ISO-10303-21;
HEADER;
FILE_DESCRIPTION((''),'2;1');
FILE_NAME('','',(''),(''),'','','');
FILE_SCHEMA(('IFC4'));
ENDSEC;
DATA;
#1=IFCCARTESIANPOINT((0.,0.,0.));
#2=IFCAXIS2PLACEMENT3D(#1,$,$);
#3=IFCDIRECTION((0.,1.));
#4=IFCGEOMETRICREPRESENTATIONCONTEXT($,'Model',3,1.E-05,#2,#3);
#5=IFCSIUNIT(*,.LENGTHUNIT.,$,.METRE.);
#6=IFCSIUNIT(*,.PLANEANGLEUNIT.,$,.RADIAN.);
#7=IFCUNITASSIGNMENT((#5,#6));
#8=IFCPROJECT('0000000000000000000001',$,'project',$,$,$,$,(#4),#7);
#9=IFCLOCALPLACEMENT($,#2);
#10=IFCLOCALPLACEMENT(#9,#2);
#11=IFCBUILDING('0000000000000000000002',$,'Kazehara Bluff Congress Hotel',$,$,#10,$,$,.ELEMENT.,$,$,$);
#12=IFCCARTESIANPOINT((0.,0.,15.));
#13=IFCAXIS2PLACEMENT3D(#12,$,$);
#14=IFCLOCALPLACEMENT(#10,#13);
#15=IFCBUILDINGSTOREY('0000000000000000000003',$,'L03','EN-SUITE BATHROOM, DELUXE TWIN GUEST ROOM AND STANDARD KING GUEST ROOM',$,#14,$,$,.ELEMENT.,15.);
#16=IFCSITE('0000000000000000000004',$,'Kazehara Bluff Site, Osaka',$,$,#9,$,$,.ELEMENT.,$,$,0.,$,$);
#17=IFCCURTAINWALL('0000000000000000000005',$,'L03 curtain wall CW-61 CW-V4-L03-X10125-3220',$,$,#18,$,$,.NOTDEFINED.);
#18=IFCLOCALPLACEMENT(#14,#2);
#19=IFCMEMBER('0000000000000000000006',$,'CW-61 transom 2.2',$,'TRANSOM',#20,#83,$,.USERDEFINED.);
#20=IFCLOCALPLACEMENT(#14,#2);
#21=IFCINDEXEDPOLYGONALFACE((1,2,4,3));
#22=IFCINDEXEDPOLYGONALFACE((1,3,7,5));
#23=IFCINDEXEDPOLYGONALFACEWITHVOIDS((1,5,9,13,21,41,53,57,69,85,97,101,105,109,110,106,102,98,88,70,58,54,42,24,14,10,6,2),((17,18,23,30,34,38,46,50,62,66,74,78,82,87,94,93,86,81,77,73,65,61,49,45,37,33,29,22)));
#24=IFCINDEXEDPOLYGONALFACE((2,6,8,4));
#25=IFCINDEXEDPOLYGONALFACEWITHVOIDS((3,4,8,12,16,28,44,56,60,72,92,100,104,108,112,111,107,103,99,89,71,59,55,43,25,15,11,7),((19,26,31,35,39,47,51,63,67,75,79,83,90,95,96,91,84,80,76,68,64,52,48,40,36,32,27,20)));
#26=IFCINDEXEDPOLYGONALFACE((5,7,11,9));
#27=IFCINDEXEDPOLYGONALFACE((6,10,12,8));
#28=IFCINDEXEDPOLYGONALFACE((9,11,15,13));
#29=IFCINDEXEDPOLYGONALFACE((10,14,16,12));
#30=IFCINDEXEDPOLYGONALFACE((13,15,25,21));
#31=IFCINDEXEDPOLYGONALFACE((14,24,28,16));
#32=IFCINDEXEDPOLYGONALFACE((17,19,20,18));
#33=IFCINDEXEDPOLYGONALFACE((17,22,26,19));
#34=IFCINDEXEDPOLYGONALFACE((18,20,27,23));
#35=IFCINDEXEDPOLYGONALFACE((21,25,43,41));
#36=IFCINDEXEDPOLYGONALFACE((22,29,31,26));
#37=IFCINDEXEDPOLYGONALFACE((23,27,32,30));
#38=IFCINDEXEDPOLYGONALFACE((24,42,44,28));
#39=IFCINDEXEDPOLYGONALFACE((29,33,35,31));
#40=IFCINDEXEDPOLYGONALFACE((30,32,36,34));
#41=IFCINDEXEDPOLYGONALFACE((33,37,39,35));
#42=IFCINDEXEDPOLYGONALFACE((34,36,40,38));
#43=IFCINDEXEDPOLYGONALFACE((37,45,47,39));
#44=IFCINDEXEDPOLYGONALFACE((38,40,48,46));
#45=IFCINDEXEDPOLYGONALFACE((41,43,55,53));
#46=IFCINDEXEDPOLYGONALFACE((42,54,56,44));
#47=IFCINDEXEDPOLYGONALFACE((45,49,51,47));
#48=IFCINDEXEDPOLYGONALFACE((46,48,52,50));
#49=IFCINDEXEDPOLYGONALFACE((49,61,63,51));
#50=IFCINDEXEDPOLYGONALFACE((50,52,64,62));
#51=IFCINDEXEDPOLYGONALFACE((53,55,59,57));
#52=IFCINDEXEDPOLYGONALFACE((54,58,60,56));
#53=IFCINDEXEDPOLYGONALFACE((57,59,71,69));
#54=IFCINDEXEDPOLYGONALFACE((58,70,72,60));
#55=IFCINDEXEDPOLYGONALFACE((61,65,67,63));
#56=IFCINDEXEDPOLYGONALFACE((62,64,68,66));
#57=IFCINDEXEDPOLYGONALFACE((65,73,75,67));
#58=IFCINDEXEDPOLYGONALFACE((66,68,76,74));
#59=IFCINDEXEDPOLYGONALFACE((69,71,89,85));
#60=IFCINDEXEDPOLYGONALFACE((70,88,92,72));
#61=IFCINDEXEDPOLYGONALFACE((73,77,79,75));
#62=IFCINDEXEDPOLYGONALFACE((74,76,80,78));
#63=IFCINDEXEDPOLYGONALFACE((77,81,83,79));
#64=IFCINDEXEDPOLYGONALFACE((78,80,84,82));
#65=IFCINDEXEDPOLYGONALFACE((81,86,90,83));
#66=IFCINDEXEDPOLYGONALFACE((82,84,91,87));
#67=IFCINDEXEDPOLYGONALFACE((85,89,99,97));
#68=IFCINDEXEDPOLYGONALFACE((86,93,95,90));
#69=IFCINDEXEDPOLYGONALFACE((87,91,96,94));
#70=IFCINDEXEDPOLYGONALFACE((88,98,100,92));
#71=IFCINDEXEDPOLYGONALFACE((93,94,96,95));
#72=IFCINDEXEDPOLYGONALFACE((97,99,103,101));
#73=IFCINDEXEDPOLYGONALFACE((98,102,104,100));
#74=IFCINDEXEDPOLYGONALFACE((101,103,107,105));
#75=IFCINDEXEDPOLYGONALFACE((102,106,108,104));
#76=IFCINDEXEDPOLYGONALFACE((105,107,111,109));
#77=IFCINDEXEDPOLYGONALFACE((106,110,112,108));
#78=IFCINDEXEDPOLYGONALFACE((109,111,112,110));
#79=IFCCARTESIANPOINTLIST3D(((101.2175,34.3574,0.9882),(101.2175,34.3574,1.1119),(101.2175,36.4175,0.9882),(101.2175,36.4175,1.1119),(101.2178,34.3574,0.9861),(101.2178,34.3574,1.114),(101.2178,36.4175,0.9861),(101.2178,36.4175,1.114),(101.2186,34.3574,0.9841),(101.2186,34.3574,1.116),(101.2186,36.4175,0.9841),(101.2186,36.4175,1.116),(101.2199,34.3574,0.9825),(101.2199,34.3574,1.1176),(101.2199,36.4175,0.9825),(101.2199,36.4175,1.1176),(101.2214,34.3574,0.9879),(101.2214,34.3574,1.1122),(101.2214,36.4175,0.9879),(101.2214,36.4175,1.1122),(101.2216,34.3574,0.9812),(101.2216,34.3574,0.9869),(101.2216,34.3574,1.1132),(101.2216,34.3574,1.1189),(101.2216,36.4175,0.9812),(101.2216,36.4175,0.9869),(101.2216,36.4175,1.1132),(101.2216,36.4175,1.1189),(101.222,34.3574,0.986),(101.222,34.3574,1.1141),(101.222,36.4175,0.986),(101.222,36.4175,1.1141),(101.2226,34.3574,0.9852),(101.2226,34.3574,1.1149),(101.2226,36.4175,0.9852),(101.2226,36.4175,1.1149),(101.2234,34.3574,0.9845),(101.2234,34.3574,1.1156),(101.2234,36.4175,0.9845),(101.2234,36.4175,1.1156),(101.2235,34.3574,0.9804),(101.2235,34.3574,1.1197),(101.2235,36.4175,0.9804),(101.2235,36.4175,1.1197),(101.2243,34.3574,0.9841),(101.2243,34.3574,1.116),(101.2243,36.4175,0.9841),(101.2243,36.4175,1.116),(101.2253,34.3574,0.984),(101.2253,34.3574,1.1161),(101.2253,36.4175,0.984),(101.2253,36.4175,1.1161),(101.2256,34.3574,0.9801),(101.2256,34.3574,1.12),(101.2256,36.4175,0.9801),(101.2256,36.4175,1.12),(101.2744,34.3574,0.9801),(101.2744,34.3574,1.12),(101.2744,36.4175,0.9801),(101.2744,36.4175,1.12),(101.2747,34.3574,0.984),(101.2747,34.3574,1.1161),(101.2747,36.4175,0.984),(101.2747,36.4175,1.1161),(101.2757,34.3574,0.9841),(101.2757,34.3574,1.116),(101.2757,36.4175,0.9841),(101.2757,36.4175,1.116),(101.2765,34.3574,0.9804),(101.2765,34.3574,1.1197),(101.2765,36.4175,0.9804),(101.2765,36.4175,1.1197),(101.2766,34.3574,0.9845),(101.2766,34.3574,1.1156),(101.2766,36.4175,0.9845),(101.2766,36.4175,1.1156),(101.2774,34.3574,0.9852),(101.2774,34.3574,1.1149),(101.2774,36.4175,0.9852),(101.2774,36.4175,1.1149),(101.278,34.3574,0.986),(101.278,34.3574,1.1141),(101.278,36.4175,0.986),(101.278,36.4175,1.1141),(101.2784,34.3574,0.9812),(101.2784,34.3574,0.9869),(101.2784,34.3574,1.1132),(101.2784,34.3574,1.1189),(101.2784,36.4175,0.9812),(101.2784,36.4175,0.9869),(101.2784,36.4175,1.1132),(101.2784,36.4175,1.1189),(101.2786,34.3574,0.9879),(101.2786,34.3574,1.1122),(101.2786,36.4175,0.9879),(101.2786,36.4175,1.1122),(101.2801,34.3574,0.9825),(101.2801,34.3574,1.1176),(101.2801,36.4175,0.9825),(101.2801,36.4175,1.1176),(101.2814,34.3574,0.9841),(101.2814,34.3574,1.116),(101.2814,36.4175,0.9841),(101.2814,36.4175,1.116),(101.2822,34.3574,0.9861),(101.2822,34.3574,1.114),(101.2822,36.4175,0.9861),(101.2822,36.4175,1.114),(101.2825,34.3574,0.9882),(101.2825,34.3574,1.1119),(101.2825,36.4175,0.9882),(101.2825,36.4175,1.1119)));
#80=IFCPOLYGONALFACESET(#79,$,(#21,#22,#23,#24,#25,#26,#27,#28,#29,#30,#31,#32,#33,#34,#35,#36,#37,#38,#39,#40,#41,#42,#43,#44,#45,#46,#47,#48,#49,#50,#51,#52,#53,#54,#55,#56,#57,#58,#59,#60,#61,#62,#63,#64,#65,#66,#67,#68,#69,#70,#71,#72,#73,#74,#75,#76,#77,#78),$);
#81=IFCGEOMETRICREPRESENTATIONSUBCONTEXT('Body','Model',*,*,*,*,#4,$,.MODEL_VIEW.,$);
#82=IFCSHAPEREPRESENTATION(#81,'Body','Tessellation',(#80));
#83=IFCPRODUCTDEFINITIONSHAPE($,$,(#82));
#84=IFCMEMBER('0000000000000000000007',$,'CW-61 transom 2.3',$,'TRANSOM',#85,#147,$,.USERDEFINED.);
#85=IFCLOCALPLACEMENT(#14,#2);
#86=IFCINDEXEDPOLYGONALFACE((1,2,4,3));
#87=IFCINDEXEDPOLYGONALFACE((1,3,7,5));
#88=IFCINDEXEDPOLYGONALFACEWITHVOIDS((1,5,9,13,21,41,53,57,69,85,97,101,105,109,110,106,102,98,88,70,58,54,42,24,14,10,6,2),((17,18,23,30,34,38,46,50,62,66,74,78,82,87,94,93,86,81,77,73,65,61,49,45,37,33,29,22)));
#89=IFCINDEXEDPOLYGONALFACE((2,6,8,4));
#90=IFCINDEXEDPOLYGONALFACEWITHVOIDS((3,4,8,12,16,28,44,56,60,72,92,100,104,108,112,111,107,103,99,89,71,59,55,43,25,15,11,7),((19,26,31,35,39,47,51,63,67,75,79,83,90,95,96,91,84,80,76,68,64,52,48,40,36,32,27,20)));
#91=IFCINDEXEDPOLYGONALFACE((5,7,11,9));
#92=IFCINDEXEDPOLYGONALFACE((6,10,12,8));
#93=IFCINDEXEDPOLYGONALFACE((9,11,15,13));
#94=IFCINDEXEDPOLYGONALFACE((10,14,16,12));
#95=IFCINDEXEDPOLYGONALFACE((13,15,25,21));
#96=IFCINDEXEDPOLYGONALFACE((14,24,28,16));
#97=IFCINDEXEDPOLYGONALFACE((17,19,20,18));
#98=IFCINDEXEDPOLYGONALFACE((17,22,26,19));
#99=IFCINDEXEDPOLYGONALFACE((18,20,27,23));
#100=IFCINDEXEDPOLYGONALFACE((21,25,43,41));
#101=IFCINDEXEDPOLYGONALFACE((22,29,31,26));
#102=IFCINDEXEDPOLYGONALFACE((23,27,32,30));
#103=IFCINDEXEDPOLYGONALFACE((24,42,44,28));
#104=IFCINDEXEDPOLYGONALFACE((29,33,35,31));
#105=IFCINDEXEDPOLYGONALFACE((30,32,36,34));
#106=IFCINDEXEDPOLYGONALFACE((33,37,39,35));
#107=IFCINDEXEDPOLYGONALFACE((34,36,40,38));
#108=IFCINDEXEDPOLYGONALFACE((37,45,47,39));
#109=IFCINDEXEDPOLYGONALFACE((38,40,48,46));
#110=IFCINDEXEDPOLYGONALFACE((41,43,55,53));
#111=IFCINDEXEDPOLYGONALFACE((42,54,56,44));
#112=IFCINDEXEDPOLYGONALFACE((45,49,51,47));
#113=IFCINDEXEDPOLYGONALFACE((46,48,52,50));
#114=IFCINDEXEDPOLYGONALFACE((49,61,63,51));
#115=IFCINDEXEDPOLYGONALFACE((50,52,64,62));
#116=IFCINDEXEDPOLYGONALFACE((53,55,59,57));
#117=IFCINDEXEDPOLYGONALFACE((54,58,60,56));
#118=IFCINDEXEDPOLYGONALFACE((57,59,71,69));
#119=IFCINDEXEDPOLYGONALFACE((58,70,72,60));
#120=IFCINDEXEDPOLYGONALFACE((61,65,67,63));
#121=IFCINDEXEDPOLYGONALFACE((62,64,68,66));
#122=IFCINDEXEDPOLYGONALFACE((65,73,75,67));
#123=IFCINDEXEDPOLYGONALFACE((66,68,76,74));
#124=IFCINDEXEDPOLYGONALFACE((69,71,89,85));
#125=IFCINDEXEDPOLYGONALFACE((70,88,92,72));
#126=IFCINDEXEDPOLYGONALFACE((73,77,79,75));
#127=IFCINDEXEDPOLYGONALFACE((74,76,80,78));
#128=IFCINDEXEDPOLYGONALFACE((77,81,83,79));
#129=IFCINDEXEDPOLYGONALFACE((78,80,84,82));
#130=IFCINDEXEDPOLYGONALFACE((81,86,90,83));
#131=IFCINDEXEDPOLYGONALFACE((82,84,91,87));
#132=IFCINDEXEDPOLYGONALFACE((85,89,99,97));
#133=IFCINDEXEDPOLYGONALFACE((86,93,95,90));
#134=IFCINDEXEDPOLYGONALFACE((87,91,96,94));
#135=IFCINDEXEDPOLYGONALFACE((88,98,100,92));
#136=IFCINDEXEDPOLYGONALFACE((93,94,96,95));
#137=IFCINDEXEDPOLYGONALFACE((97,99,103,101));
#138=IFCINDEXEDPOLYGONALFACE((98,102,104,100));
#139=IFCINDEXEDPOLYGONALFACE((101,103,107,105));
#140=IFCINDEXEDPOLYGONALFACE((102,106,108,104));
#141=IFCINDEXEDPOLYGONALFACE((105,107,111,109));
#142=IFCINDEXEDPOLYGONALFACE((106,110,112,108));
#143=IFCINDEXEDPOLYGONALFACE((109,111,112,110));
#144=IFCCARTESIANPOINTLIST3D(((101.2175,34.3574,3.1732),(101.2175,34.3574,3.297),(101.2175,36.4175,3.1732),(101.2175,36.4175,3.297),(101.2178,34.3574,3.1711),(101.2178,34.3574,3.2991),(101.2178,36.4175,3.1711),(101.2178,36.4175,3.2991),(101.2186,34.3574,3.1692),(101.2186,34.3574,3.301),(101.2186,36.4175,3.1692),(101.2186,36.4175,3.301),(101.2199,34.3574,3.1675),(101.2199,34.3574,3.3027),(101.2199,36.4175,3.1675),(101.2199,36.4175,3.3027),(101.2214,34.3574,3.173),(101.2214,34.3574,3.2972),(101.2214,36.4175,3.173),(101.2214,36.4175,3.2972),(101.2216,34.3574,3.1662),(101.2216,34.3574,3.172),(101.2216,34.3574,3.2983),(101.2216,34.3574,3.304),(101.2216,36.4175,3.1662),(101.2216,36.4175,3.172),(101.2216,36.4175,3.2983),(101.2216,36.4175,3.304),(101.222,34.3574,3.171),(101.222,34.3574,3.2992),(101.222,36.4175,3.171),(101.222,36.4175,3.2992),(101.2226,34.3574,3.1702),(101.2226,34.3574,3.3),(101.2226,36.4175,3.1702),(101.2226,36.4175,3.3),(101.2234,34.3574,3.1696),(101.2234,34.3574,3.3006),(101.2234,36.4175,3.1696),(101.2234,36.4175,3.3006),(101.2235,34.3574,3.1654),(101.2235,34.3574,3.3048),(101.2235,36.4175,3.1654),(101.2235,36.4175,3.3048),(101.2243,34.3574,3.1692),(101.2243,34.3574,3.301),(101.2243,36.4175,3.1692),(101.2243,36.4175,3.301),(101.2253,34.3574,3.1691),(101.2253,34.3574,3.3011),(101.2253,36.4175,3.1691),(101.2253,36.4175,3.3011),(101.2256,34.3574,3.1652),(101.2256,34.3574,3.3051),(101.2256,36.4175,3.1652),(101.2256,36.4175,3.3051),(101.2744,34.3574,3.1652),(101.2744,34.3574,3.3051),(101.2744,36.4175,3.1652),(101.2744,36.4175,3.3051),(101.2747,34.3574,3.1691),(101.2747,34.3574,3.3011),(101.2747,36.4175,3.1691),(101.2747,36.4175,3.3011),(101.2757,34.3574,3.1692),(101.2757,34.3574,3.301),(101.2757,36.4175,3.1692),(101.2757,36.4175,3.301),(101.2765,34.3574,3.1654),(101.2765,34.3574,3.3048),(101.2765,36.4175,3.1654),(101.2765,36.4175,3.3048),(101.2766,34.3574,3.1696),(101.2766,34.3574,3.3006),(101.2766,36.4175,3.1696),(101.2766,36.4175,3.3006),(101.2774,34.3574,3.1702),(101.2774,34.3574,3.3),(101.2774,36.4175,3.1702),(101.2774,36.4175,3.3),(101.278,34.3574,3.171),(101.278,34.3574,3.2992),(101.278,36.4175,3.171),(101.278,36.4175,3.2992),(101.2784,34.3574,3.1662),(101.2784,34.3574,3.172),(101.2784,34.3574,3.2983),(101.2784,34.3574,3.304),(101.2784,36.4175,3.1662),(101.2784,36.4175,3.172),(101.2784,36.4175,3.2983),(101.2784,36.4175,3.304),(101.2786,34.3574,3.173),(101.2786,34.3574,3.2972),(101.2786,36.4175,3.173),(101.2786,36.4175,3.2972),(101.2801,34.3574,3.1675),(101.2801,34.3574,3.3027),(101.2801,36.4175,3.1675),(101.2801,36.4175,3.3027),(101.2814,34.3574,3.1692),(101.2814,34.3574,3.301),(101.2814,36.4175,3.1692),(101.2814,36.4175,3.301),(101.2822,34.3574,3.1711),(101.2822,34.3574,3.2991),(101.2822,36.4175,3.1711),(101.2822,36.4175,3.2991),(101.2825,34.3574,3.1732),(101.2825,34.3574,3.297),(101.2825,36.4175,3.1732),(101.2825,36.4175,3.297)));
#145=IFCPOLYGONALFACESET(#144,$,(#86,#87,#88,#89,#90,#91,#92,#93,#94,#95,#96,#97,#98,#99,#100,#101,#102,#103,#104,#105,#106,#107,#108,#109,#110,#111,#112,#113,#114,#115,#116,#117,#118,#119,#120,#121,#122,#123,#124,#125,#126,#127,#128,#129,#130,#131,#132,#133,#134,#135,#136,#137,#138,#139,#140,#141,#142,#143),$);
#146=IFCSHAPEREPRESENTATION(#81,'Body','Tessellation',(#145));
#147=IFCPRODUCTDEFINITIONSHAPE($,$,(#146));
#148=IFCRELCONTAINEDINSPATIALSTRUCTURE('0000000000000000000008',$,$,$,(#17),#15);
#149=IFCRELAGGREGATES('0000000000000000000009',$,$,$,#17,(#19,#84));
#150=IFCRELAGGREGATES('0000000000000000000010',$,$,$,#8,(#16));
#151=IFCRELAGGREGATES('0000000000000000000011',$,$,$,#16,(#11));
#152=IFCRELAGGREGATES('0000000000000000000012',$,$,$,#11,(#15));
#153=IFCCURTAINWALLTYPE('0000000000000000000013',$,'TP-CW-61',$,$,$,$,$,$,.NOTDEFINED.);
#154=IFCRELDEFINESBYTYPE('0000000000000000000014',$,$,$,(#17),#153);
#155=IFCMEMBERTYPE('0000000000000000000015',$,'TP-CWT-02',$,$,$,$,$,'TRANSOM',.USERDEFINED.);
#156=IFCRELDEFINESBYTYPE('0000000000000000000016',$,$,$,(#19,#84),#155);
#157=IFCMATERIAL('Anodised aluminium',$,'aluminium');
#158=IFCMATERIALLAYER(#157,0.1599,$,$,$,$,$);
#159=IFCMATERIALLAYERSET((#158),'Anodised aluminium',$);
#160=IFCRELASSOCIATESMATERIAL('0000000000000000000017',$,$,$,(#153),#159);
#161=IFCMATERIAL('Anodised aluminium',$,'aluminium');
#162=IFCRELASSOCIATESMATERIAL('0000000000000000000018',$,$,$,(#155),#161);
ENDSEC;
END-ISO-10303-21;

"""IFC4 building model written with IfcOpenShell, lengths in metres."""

from ifc_helpers import new_model, si_unit, direction, frame, origin, origin_2d, place, context, subcontext, project, spatial, hollow_rectangle, extrude, material, layer, layer_set, material_profile, profile_set, type_object, element, aggregate, save


model = new_model("IFC4")

# Units and contexts
model_context = context("Model", 3, precision=1e-05, world=origin(), true_north=direction((0.0, 1.0)))
body_context = subcontext(model_context, "Body", "Model", "MODEL_VIEW")
ifc_project = project(units=[si_unit("LENGTHUNIT", "METRE"), si_unit("PLANEANGLEUNIT", "RADIAN")], contexts=[model_context])

# Site, building, storey
site_placement = place(None, origin())
site = spatial("IfcSite", under=ifc_project, at=site_placement, Name="Kazehara Bluff Site, Osaka", CompositionType="ELEMENT", RefElevation=0.0)
building_placement = place(site_placement, origin())
building = spatial("IfcBuilding", under=site, at=building_placement, Name="Kazehara Bluff Congress Hotel", CompositionType="ELEMENT")
storey_placement = place(building_placement, frame((0.0, 0.0, 15.0)))
storey = spatial("IfcBuildingStorey", under=building, at=storey_placement, Name="L03", Description="EN-SUITE BATHROOM, DELUXE TWIN GUEST ROOM AND STANDARD KING GUEST ROOM", CompositionType="ELEMENT", Elevation=15.0)

# Curtain wall, members
ifc_material_1 = material(Name="Anodised aluminium", Category="aluminium")
ifc_layer_1 = layer(ifc_material_1, 0.1599)
ifc_layer_set_1 = layer_set([ifc_layer_1], Name="Anodised aluminium")
curtain_wall_type = type_object("IfcCurtainWallType", Name="TP-CW-61", PredefinedType="NOTDEFINED", material=ifc_layer_set_1)
curtain_wall_placement = place(storey_placement, origin())
curtain_wall = element("IfcCurtainWall", 1, at=curtain_wall_placement, inside=storey, type_object=curtain_wall_type, Name="L03 curtain wall CW-61 CW-V4-L03-X10125-3220", PredefinedType="NOTDEFINED")
ifc_material_2 = material(Name="Anodised aluminium", Category="aluminium")
ifc_material_profile_1 = material_profile(ifc_material_2, hollow_rectangle(XDim=0.0649, YDim=0.1399, WallThickness=0.0039, InnerFilletRadius=0.0039, OuterFilletRadius=0.0081, at=origin_2d()))
ifc_profile_set_1 = profile_set([ifc_material_profile_1], Name="Anodised aluminium")
member_type_1 = type_object("IfcMemberType", Name="TP-CWT-02", ElementType="TRANSOM", PredefinedType="USERDEFINED", material=ifc_profile_set_1)
member_1_placement = place(storey_placement, frame((101.25, 34.3574, 1.05), z_axis=(0.0, 1.0, 0.0), x_axis=(-1.0, 0.0, 0.0)))
member_1 = element("IfcMember", 2, at=member_1_placement, type_object=member_type_1, Name="CW-61 transom 2.2", ObjectType="TRANSOM", PredefinedType="USERDEFINED", context=body_context, shape_type="SweptSolid", body=[
    extrude(hollow_rectangle(XDim=0.0649, YDim=0.1399, WallThickness=0.0039, InnerFilletRadius=0.0039, OuterFilletRadius=0.0081, at=origin_2d()), origin(), (0.0, 0.0, 1.0), 2.0601),
])
member_2_placement = place(storey_placement, frame((101.25, 34.3574, 3.2351), z_axis=(0.0, 1.0, 0.0), x_axis=(-1.0, 0.0, 0.0)))
member_2 = element("IfcMember", 3, at=member_2_placement, type_object=member_type_1, Name="CW-61 transom 2.3", ObjectType="TRANSOM", PredefinedType="USERDEFINED", context=body_context, shape_type="SweptSolid", body=[
    extrude(hollow_rectangle(XDim=0.0649, YDim=0.1399, WallThickness=0.0039, InnerFilletRadius=0.0039, OuterFilletRadius=0.0081, at=origin_2d()), origin(), (0.0, 0.0, 1.0), 2.0601),
])
aggregate(curtain_wall, [member_1, member_2])

save(model, "model.ifc")
